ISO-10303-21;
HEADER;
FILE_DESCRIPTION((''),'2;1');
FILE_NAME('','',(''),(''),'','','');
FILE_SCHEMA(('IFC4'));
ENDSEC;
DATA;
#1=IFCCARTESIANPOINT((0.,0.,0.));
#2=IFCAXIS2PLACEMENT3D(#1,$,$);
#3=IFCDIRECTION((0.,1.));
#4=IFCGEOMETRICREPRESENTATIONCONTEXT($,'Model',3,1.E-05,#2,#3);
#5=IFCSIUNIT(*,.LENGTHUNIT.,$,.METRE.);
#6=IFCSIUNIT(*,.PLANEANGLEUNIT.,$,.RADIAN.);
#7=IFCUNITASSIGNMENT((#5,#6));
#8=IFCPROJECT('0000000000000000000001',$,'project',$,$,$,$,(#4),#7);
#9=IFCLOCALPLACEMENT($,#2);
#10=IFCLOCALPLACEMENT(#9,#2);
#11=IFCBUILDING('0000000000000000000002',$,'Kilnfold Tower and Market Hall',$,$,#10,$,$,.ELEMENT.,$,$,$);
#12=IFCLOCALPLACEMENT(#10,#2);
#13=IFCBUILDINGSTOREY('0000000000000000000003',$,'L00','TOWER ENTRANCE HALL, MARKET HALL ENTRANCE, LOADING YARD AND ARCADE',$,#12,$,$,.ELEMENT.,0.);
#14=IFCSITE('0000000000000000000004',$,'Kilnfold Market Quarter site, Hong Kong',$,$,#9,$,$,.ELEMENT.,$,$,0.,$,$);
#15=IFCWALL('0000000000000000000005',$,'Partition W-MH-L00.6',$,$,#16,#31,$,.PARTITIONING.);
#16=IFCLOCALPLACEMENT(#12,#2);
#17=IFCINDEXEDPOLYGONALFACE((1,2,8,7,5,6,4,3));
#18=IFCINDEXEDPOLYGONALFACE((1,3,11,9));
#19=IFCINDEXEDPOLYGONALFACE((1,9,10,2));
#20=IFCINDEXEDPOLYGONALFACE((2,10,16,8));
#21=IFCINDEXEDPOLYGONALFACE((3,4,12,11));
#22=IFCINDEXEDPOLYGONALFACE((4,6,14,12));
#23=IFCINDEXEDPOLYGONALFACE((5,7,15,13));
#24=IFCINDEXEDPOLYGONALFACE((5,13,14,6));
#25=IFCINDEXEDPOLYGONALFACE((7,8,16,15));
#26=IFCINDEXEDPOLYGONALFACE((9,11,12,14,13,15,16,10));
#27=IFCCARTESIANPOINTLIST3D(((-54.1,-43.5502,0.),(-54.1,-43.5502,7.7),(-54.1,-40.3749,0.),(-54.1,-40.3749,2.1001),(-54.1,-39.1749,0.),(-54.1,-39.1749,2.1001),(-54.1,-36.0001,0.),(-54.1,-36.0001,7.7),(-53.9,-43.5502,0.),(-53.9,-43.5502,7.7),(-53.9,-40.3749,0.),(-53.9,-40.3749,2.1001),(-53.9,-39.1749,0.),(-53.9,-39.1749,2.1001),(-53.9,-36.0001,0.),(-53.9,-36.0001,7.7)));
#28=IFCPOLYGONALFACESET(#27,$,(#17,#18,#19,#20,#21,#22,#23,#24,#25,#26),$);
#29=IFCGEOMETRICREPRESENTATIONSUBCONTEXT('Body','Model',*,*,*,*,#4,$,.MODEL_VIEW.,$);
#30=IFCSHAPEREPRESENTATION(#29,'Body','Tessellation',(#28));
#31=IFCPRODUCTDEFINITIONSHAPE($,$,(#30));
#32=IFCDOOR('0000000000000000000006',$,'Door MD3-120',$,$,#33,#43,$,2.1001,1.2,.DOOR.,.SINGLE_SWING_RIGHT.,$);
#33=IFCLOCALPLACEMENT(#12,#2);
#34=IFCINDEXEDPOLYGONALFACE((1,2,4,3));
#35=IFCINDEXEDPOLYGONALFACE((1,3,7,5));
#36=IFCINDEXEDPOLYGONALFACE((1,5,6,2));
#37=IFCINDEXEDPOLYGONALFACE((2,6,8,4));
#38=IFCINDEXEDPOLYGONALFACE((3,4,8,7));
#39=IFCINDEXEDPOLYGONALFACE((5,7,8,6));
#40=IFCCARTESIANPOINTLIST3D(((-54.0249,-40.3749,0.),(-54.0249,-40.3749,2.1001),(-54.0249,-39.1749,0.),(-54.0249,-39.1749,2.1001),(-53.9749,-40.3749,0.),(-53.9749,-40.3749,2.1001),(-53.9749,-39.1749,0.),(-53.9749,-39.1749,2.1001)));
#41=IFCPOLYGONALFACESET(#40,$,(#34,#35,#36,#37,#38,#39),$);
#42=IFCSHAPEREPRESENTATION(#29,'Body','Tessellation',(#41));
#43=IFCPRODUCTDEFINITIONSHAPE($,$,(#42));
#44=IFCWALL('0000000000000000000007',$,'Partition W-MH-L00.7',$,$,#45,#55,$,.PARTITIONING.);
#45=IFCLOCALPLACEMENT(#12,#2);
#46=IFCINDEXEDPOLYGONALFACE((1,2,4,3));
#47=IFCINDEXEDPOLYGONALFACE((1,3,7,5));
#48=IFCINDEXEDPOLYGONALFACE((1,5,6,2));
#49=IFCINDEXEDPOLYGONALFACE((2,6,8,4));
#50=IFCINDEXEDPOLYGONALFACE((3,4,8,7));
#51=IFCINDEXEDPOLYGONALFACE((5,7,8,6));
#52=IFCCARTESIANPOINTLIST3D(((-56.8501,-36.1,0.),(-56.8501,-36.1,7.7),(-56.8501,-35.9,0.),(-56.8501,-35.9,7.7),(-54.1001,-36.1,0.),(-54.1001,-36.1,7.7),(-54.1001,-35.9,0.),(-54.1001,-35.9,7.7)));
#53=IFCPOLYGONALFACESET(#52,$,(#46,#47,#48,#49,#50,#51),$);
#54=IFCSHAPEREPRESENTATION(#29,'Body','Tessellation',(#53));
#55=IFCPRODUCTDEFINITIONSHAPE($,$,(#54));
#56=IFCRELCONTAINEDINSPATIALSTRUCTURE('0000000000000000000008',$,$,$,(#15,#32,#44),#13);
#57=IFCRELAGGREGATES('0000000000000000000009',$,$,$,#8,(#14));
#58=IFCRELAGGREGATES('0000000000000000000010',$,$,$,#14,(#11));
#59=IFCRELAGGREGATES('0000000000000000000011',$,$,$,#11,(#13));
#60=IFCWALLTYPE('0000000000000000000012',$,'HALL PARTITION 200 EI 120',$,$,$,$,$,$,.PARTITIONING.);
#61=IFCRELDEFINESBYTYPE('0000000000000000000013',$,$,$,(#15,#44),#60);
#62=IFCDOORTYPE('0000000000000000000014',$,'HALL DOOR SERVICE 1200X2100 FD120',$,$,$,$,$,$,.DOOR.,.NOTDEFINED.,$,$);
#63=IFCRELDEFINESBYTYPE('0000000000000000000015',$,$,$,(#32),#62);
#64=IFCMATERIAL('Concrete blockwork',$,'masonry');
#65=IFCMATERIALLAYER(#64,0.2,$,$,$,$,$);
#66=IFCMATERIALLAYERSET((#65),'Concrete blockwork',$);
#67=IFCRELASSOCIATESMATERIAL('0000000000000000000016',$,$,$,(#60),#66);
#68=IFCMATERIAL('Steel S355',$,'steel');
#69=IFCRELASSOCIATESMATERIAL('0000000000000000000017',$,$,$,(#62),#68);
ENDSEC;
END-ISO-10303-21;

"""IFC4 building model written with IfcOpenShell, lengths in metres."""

from ifc_helpers import new_model, si_unit, direction, frame, frame_2d, origin, place, context, subcontext, project, spatial, rectangle, extrude, source, transform, mapped, material, layer, layer_set, type_object, element, fill, save


model = new_model("IFC4")

# Units and contexts
model_context = context("Model", 3, precision=1e-05, world=origin(), true_north=direction((0.0, 1.0)))
body_context = subcontext(model_context, "Body", "Model", "MODEL_VIEW")
ifc_project = project(units=[si_unit("LENGTHUNIT", "METRE"), si_unit("PLANEANGLEUNIT", "RADIAN")], contexts=[model_context])

# Site, building, storey
site_placement = place(None, origin())
site = spatial("IfcSite", under=ifc_project, at=site_placement, Name="Kilnfold Market Quarter site, Hong Kong", CompositionType="ELEMENT", RefElevation=0.0)
building_placement = place(site_placement, origin())
building = spatial("IfcBuilding", under=site, at=building_placement, Name="Kilnfold Tower and Market Hall", CompositionType="ELEMENT")
storey_placement = place(building_placement, origin())
storey = spatial("IfcBuildingStorey", under=building, at=storey_placement, Name="L00", Description="TOWER ENTRANCE HALL, MARKET HALL ENTRANCE, LOADING YARD AND ARCADE", CompositionType="ELEMENT", Elevation=0.0)

# Wall, opening, door
ifc_material_1 = material(Name="Concrete blockwork", Category="masonry")
ifc_layer_1 = layer(ifc_material_1, 0.2)
ifc_layer_set_1 = layer_set([ifc_layer_1], Name="Concrete blockwork")
wall_type_1 = type_object("IfcWallType", Name="HALL PARTITION 200 EI 120", PredefinedType="PARTITIONING", material=ifc_layer_set_1)
shared_shape_1 = source(origin(), body_context, "Body", "SweptSolid", [
    extrude(rectangle(XDim=7.55, YDim=0.2, at=frame_2d((3.7749, 0.0))), origin(), (0.0, 0.0, 1.0), 7.7),
])
wall_1_placement = place(storey_placement, frame((-54.0, -43.55, 0.0), z_axis=(0.0, 0.0, 1.0), x_axis=(0.0, 1.0, 0.0)))
wall_1 = element("IfcWall", 1, at=wall_1_placement, inside=storey, type_object=wall_type_1, Name="Partition W-MH-L00.6", PredefinedType="PARTITIONING", context=body_context, shape_type="MappedRepresentation", body=[
    mapped(shared_shape_1, transform((0.0, 0.0, 0.0))),
])
opening_1_placement = place(wall_1_placement, frame((3.175, 0.0, 0.0)))
opening_1 = element("IfcOpeningElement", 2, at=opening_1_placement, cuts=wall_1, PredefinedType="OPENING", context=body_context, shape_type="SweptSolid", body=[
    extrude(rectangle(XDim=1.2, YDim=2.1001, at=frame_2d((0.6001, 1.05))), frame((0.0, 0.1099, 0.0), z_axis=(0.0, -1.0, 0.0), x_axis=(1.0, 0.0, 0.0)), (0.0, 0.0, 1.0), 0.22),
])
ifc_material_2 = material(Name="Steel S355", Category="steel")
door_type_1 = type_object("IfcDoorType", Name="HALL DOOR SERVICE 1200X2100 FD120", OperationType="NOTDEFINED", PredefinedType="DOOR", material=ifc_material_2)
door_1_placement = place(opening_1_placement, origin())
door_1 = element("IfcDoor", 3, at=door_1_placement, inside=storey, type_object=door_type_1, Name="Door MD3-120", OperationType="SINGLE_SWING_RIGHT", OverallHeight=2.1001, OverallWidth=1.2, PredefinedType="DOOR", context=body_context, shape_type="SweptSolid", body=[
    extrude(rectangle(XDim=1.2, YDim=2.1001, at=frame_2d((0.6001, 1.05))), frame((0.0, 0.0249, 0.0), z_axis=(0.0, -1.0, 0.0), x_axis=(1.0, 0.0, 0.0)), (0.0, 0.0, 1.0), 0.05),
])
fill(opening_1, door_1)

# Wall
shared_shape_2 = source(origin(), body_context, "Body", "SweptSolid", [
    extrude(rectangle(XDim=2.75, YDim=0.2, at=frame_2d((1.375, 0.0))), origin(), (0.0, 0.0, 1.0), 7.7),
])
wall_2_placement = place(storey_placement, frame((-54.1001, -36.0, 0.0), z_axis=(0.0, 0.0, 1.0), x_axis=(-1.0, 0.0, 0.0)))
element("IfcWall", 4, at=wall_2_placement, inside=storey, type_object=wall_type_1, Name="Partition W-MH-L00.7", PredefinedType="PARTITIONING", context=body_context, shape_type="MappedRepresentation", body=[
    mapped(shared_shape_2, transform((0.0, 0.0, 0.0))),
])

save(model, "model.ifc")
